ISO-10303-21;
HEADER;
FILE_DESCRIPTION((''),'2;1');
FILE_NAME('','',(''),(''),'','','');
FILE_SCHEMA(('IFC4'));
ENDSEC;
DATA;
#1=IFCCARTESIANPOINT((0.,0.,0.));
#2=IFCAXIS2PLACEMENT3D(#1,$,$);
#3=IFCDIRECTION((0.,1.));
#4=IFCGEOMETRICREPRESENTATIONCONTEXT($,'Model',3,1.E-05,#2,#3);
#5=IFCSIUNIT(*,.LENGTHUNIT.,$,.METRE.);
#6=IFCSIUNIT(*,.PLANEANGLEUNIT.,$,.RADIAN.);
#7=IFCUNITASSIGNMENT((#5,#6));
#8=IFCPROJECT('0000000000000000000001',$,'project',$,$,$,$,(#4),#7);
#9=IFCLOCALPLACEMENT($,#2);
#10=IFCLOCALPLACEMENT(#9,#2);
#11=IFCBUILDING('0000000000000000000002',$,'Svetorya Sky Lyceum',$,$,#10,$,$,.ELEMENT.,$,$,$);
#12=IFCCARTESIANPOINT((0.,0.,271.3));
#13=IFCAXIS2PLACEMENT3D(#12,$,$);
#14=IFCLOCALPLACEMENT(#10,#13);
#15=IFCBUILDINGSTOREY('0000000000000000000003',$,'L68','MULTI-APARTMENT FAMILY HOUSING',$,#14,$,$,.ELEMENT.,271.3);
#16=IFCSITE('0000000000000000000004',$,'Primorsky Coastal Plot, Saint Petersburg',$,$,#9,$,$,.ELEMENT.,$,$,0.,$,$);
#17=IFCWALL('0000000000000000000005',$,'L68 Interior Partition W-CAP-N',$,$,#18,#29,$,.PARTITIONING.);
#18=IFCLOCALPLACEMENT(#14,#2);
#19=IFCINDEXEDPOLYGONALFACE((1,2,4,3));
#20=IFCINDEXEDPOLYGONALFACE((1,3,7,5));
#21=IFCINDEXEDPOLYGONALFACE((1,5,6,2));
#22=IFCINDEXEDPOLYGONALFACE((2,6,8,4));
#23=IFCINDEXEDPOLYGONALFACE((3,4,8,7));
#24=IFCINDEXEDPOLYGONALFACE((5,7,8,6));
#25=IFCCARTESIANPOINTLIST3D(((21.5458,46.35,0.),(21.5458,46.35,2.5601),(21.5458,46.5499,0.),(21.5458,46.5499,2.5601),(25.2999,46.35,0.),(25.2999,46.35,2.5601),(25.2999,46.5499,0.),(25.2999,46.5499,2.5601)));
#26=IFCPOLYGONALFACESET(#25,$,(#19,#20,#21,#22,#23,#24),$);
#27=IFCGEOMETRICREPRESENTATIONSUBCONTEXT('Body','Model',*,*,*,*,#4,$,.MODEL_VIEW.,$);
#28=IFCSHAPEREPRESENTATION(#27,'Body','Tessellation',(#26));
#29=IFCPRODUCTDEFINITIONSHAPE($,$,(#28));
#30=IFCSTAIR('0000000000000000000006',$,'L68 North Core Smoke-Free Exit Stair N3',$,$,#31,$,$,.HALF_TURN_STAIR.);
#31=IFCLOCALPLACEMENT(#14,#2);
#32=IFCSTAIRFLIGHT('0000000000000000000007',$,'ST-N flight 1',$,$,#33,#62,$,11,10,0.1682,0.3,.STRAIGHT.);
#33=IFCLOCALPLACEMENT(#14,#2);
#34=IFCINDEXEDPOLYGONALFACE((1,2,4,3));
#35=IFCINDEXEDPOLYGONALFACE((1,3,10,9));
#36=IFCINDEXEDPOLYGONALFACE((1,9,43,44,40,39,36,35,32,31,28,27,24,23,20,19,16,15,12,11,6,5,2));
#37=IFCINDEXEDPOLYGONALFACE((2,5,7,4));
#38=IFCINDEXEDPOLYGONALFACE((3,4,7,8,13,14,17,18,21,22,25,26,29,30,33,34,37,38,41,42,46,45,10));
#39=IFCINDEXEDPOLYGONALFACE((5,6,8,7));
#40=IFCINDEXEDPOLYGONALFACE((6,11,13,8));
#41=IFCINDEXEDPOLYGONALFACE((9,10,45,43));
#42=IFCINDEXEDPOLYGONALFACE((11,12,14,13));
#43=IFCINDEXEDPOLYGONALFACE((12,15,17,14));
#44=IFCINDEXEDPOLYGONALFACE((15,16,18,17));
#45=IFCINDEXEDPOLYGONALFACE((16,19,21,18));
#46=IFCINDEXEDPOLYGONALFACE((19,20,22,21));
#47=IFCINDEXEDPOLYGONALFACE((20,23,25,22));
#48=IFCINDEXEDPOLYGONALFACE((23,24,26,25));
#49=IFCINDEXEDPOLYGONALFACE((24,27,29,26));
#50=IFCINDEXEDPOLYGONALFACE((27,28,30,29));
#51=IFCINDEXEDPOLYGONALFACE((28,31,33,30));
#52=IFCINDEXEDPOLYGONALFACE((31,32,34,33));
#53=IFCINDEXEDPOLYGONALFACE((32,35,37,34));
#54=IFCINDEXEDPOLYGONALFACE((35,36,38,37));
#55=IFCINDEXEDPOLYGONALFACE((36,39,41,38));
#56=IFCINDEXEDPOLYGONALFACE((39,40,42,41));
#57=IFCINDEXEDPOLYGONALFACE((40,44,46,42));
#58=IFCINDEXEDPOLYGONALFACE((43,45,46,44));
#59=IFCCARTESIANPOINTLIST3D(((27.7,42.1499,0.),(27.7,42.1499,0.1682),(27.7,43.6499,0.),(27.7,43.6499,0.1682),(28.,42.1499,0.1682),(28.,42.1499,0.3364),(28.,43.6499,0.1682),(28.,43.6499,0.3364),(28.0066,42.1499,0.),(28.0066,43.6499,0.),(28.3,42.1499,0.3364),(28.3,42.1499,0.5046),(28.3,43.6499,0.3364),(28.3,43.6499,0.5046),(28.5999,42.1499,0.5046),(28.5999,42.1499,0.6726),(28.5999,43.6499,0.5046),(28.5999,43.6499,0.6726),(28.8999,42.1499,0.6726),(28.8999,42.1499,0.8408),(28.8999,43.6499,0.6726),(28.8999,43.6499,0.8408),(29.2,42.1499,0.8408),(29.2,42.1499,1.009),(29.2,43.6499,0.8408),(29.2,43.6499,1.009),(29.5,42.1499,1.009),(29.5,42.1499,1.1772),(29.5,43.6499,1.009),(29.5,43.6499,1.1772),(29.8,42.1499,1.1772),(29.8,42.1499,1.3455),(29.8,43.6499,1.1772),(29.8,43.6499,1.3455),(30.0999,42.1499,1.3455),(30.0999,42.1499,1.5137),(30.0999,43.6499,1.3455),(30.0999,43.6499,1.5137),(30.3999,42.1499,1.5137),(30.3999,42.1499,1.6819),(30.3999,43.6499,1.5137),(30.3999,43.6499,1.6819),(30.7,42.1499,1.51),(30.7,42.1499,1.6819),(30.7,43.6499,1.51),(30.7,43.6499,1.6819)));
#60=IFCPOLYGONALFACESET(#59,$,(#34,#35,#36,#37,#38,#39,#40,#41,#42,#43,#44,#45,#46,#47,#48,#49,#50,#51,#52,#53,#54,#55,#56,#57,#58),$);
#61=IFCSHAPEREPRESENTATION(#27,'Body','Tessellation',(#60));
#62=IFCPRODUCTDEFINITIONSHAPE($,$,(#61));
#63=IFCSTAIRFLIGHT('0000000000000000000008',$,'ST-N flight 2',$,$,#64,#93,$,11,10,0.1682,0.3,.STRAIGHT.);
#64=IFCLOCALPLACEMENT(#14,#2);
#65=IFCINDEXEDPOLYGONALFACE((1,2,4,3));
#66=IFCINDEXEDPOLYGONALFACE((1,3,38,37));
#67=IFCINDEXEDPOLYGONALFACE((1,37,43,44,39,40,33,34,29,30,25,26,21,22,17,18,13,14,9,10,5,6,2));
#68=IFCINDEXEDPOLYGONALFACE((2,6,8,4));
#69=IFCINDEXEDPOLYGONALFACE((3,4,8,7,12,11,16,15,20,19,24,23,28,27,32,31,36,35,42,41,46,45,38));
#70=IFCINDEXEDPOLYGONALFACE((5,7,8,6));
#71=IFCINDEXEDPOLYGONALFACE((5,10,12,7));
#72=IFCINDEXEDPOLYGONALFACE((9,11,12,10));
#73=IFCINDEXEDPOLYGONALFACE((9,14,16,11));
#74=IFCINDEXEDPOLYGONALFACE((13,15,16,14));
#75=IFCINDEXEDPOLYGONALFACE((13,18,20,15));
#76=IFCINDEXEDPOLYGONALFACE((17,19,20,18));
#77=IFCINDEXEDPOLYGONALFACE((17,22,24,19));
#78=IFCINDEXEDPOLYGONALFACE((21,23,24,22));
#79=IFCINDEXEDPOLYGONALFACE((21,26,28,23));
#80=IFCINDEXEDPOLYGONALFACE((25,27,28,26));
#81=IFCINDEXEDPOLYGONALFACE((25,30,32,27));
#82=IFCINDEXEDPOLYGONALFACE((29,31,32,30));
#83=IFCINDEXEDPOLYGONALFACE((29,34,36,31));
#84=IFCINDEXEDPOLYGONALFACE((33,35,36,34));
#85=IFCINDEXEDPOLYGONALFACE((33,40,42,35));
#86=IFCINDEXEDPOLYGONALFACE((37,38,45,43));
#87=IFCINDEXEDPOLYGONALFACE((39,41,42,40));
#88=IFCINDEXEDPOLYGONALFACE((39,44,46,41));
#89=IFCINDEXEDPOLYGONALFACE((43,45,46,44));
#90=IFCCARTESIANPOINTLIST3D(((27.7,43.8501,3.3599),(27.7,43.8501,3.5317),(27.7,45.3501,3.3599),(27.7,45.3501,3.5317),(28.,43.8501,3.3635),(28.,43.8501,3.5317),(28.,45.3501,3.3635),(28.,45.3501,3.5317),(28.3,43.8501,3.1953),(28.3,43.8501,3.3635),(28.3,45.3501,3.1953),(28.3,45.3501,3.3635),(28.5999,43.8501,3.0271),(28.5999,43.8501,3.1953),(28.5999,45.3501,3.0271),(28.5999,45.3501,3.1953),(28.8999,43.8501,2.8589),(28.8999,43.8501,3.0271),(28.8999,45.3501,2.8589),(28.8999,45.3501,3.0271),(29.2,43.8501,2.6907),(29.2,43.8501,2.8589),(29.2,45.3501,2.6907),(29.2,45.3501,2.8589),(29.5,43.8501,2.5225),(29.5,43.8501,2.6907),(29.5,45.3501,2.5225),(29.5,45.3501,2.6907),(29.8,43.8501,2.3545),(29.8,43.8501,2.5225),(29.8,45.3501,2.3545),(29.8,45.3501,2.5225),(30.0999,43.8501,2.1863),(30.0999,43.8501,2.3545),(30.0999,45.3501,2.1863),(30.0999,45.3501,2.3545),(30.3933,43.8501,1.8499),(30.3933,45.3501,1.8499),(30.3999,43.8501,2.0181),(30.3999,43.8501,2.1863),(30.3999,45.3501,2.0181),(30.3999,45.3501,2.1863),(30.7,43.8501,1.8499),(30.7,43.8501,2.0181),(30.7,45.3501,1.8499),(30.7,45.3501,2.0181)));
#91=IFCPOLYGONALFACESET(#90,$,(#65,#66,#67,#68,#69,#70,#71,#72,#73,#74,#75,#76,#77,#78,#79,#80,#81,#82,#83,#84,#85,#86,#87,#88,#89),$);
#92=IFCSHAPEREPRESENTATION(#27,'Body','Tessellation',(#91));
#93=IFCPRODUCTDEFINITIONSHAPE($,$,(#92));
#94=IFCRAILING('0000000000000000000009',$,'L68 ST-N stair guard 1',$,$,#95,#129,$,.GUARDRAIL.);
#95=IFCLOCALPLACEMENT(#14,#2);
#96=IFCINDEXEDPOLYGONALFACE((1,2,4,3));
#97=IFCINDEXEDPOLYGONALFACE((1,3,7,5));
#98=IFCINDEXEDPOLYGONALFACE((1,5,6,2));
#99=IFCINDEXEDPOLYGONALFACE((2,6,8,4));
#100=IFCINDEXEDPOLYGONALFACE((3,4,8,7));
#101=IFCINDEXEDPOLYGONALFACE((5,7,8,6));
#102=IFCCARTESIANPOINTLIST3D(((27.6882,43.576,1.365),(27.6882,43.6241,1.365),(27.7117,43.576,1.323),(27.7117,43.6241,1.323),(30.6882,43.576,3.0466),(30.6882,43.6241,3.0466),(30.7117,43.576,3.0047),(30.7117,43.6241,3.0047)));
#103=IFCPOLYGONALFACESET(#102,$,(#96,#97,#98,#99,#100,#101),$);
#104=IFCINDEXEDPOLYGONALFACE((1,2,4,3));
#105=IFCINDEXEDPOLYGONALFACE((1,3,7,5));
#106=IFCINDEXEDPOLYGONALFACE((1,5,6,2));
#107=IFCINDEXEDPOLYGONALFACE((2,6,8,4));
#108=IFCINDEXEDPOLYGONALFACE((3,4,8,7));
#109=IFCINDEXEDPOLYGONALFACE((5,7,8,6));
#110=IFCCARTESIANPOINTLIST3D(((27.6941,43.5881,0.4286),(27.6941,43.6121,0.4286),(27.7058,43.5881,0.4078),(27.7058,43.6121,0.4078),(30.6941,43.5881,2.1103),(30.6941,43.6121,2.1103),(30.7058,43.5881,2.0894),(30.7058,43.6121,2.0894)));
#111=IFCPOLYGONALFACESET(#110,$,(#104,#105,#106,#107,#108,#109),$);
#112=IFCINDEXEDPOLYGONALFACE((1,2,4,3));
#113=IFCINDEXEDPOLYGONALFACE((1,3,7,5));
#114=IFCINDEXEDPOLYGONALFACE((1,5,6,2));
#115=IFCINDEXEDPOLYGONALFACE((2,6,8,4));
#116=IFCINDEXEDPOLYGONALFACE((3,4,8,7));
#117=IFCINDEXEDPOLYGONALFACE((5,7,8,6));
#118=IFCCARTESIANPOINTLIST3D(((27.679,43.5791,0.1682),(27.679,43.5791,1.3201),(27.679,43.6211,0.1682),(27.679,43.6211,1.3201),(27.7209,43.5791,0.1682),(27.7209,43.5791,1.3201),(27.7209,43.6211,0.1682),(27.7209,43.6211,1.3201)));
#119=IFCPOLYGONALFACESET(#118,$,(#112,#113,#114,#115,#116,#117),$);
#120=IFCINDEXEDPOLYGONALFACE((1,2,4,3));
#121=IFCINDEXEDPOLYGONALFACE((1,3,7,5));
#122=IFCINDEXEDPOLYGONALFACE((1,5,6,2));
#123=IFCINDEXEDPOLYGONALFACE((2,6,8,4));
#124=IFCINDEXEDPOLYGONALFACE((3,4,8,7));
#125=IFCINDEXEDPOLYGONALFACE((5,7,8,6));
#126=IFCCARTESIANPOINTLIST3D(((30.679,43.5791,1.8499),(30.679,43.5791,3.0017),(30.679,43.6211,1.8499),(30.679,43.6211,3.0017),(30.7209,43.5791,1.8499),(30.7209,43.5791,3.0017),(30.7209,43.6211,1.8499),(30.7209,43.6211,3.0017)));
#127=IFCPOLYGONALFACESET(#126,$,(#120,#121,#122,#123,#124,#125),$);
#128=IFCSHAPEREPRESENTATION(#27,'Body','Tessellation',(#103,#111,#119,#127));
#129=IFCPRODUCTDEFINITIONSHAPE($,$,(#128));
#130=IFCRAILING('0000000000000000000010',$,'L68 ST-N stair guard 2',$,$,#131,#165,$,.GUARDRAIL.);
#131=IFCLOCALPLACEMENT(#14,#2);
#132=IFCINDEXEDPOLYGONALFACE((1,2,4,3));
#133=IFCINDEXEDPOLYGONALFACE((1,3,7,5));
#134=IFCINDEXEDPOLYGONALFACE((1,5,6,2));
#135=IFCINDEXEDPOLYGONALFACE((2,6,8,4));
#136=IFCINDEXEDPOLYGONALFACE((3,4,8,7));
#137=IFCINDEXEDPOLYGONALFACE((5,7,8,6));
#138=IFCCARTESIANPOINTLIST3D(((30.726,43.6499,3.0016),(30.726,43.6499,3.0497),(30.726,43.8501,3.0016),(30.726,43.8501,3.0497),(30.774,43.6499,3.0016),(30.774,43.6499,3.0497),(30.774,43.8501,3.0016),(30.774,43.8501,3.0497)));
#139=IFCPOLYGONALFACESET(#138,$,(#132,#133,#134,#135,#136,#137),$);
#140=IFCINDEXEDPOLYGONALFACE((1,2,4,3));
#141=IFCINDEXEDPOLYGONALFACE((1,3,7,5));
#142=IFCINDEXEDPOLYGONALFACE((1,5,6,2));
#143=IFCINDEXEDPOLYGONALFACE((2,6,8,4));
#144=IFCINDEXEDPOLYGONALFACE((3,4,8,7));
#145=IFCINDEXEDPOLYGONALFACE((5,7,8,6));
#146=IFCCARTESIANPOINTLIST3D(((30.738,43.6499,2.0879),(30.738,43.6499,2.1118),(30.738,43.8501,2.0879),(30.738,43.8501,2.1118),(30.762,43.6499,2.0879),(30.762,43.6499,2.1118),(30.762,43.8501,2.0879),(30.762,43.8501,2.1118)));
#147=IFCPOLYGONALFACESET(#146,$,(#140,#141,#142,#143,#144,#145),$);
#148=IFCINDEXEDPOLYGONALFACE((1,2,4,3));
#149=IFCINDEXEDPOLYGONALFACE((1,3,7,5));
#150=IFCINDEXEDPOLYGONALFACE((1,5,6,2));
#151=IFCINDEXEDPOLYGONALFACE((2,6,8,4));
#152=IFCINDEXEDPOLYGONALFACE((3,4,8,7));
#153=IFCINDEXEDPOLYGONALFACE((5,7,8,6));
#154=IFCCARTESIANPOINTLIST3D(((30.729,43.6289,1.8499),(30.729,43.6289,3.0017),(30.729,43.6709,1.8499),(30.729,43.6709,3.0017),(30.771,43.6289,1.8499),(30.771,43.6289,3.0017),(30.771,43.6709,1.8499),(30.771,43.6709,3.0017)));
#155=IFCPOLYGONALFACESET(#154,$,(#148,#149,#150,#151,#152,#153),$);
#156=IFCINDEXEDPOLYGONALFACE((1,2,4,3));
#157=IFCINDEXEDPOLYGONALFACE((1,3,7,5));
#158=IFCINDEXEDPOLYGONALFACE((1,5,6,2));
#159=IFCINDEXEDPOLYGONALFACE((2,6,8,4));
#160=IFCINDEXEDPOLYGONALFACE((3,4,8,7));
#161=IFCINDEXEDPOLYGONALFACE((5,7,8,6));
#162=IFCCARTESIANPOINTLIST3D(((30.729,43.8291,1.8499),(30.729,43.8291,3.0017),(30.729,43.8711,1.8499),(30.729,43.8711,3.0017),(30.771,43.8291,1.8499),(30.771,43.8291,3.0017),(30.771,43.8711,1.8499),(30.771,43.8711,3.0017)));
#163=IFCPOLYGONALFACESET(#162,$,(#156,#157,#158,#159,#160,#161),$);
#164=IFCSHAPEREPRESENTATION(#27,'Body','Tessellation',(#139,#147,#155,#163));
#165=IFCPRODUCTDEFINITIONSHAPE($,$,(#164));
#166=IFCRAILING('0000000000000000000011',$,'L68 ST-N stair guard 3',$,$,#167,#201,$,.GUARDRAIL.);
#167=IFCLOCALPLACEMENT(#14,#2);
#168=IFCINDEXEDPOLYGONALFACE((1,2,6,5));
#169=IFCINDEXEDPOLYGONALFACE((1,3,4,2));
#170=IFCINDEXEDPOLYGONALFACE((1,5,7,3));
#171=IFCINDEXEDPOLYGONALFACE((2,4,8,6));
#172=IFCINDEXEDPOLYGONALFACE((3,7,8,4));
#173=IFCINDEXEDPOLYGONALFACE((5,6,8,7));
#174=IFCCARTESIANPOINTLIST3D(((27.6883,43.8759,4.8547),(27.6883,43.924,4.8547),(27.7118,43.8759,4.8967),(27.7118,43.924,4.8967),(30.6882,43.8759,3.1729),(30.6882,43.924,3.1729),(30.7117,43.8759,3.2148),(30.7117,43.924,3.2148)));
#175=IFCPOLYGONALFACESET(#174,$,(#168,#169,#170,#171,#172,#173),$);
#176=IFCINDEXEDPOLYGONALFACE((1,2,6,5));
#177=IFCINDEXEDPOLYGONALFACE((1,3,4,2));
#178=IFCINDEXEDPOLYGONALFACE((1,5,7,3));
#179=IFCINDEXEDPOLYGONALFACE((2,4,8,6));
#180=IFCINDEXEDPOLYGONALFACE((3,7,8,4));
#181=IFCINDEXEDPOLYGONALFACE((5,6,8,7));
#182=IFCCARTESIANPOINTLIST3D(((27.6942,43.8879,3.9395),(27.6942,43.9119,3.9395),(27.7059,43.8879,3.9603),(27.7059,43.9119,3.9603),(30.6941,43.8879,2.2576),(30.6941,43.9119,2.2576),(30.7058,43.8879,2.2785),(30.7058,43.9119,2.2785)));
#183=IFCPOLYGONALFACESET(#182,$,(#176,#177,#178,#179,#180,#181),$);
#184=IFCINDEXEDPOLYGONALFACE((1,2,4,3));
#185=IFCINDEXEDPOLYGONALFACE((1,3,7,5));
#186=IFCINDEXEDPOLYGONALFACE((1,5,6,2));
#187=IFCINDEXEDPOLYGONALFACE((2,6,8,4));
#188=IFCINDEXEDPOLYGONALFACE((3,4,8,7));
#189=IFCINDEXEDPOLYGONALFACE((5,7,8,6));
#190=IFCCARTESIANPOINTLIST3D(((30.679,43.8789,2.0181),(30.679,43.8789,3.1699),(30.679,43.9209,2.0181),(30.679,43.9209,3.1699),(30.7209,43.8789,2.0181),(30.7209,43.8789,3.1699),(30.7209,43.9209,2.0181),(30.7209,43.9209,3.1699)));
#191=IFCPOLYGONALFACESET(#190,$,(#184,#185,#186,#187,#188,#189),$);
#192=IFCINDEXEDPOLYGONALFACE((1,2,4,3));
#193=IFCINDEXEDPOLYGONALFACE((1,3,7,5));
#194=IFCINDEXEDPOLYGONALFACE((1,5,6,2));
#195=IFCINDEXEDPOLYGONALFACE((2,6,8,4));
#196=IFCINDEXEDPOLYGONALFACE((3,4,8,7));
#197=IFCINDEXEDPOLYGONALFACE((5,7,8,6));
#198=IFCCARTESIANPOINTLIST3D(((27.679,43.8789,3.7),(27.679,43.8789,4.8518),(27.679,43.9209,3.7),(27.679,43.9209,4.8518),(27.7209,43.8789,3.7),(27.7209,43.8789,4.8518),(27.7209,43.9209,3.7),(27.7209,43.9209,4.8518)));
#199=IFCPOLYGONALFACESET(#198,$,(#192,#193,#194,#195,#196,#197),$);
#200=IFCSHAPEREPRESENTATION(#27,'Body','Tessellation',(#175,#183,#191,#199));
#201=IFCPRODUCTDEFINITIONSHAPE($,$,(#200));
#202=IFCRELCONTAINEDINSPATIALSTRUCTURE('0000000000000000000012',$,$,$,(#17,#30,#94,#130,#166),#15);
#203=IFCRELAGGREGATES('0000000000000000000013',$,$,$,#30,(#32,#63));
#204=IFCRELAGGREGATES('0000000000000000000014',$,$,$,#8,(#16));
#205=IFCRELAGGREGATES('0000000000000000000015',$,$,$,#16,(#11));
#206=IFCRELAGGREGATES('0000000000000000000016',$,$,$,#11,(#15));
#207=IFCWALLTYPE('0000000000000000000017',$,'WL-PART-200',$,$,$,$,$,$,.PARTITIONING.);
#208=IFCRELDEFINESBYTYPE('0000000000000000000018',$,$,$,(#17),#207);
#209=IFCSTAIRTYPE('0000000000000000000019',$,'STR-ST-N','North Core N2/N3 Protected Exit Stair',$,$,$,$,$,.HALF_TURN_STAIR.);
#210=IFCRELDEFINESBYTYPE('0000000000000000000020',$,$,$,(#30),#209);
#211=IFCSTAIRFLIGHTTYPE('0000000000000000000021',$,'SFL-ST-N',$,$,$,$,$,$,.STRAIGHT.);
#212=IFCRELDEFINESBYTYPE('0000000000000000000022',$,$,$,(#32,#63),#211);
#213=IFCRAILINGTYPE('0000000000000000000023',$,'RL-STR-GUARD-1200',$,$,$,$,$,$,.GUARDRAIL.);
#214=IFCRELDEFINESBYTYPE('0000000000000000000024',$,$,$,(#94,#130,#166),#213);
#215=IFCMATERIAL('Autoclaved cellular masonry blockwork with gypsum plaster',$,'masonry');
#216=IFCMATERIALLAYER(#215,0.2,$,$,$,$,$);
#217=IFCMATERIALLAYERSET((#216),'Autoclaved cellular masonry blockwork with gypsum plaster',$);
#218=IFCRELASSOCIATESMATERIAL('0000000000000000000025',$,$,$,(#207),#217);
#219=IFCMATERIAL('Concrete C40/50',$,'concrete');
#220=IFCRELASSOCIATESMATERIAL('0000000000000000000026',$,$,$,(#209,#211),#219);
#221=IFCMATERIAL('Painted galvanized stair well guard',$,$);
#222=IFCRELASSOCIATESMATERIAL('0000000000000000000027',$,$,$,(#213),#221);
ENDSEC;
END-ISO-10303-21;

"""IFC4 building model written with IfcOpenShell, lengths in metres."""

from ifc_helpers import new_model, si_unit, direction, frame, frame_2d, origin, origin_2d, place, context, subcontext, project, spatial, polyline, rectangle, outline, extrude, material, layer, layer_set, type_object, element, aggregate, save


model = new_model("IFC4")

# Units and contexts
model_context = context("Model", 3, precision=1e-05, world=origin(), true_north=direction((0.0, 1.0)))
body_context = subcontext(model_context, "Body", "Model", "MODEL_VIEW")
ifc_project = project(units=[si_unit("LENGTHUNIT", "METRE"), si_unit("PLANEANGLEUNIT", "RADIAN")], contexts=[model_context])

# Site, building, storey
site_placement = place(None, origin())
site = spatial("IfcSite", under=ifc_project, at=site_placement, Name="Primorsky Coastal Plot, Saint Petersburg", CompositionType="ELEMENT", RefElevation=0.0)
building_placement = place(site_placement, origin())
building = spatial("IfcBuilding", under=site, at=building_placement, Name="Svetorya Sky Lyceum", CompositionType="ELEMENT")
storey_placement = place(building_placement, frame((0.0, 0.0, 271.3)))
storey = spatial("IfcBuildingStorey", under=building, at=storey_placement, Name="L68", Description="MULTI-APARTMENT FAMILY HOUSING", CompositionType="ELEMENT", Elevation=271.3)

# Shared definitions
ifc_material_1 = material(Name="Concrete C40/50", Category="concrete")

# Wall
ifc_material_2 = material(Name="Autoclaved cellular masonry blockwork with gypsum plaster", Category="masonry")
ifc_layer_1 = layer(ifc_material_2, 0.2)
ifc_layer_set_1 = layer_set([ifc_layer_1], Name="Autoclaved cellular masonry blockwork with gypsum plaster")
wall_type_1 = type_object("IfcWallType", Name="WL-PART-200", PredefinedType="PARTITIONING", material=ifc_layer_set_1)
wall_1_placement = place(storey_placement, frame((21.5459, 46.45, 0.0), z_axis=(0.0, 0.0, 1.0), x_axis=(1.0, 0.0, 0.0)))
element("IfcWall", 1, at=wall_1_placement, inside=storey, type_object=wall_type_1, Name="L68 Interior Partition W-CAP-N", PredefinedType="PARTITIONING", context=body_context, shape_type="SweptSolid", body=[
    extrude(rectangle(XDim=3.7542, YDim=0.2, at=frame_2d((1.877, 0.0))), origin(), (0.0, 0.0, 1.0), 2.5601),
])

# Stair, stair flights
stair_type = type_object("IfcStairType", Name="STR-ST-N", Description="North Core N2/N3 Protected Exit Stair", PredefinedType="HALF_TURN_STAIR", material=ifc_material_1)
stair_placement = place(storey_placement, origin())
stair = element("IfcStair", 2, at=stair_placement, inside=storey, type_object=stair_type, Name="L68 North Core Smoke-Free Exit Stair N3", PredefinedType="HALF_TURN_STAIR")
stair_flight_type = type_object("IfcStairFlightType", Name="SFL-ST-N", PredefinedType="STRAIGHT", material=ifc_material_1)
stair_flight_1_placement = place(storey_placement, frame((27.7, 42.8999, 0.0), z_axis=(0.0, 0.0, 1.0), x_axis=(1.0, 0.0, 0.0)))
stair_flight_1 = element("IfcStairFlight", 3, at=stair_flight_1_placement, type_object=stair_flight_type, Name="ST-N flight 1", NumberOfRisers=11, NumberOfTreads=10, PredefinedType="STRAIGHT", RiserHeight=0.1682, TreadLength=0.3, context=body_context, shape_type="SweptSolid", body=[
    extrude(outline(polyline([(0.0, 0.0), (0.0, 0.1682), (0.3, 0.1682), (0.3, 0.3364), (0.6001, 0.3364), (0.6001, 0.5046), (0.8999, 0.5046), (0.8999, 0.6726), (1.2, 0.6726), (1.2, 0.8408), (1.5, 0.8408), (1.5, 1.009), (1.8, 1.009), (1.8, 1.1772), (2.1001, 1.1772), (2.1001, 1.3455), (2.3999, 1.3455), (2.3999, 1.5137), (2.7, 1.5137), (2.7, 1.6819), (3.0, 1.6819), (3.0, 1.8501), (3.0, 1.51), (0.3066, 0.0), (0.0, 0.0)])), frame((0.0, 0.75, 0.0), z_axis=(0.0, -1.0, 0.0), x_axis=(1.0, 0.0, 0.0)), (0.0, 0.0, 1.0), 1.5),
])
stair_flight_2_placement = place(storey_placement, frame((30.7, 44.6001, 1.8499), z_axis=(0.0, 0.0, 1.0), x_axis=(-1.0, 0.0, 0.0)))
stair_flight_2 = element("IfcStairFlight", 4, at=stair_flight_2_placement, type_object=stair_flight_type, Name="ST-N flight 2", NumberOfRisers=11, NumberOfTreads=10, PredefinedType="STRAIGHT", RiserHeight=0.1682, TreadLength=0.3, context=body_context, shape_type="SweptSolid", body=[
    extrude(outline(polyline([(0.0, 0.0), (0.0, 0.1682), (0.3, 0.1682), (0.3, 0.3364), (0.6001, 0.3364), (0.6001, 0.5046), (0.8999, 0.5046), (0.8999, 0.6726), (1.2, 0.6726), (1.2, 0.8408), (1.5, 0.8408), (1.5, 1.009), (1.8, 1.009), (1.8, 1.1772), (2.1001, 1.1772), (2.1001, 1.3455), (2.3999, 1.3455), (2.3999, 1.5137), (2.7, 1.5137), (2.7, 1.6819), (3.0, 1.6819), (3.0, 1.8501), (3.0, 1.51), (0.3066, 0.0), (0.0, 0.0)])), frame((0.0, 0.75, 0.0), z_axis=(0.0, -1.0, 0.0), x_axis=(1.0, 0.0, 0.0)), (0.0, 0.0, 1.0), 1.5),
])
aggregate(stair, [stair_flight_1, stair_flight_2])

# Railings
ifc_material_3 = material(Name="Painted galvanized stair well guard")
railing_type_1 = type_object("IfcRailingType", Name="RL-STR-GUARD-1200", PredefinedType="GUARDRAIL", material=ifc_material_3)
railing_1_placement = place(storey_placement, frame((27.7, 43.6001, 0.1682)))
element("IfcRailing", 5, at=railing_1_placement, inside=storey, type_object=railing_type_1, Name="L68 ST-N stair guard 1", PredefinedType="GUARDRAIL", context=body_context, shape_type="SweptSolid", body=[
    extrude(rectangle(XDim=0.0481, YDim=0.0481, at=origin_2d()), frame((0.0, 0.0, 1.1758), z_axis=(0.872303, 0.0, 0.488966), x_axis=(0.0, 1.0, 0.0)), (0.0, 0.0, 1.0), 3.4392),
    extrude(rectangle(XDim=0.0239, YDim=0.0239, at=origin_2d()), frame((0.0, 0.0, 0.25), z_axis=(0.872303, 0.0, 0.488966), x_axis=(0.0, 1.0, 0.0)), (0.0, 0.0, 1.0), 3.4392),
    extrude(rectangle(XDim=0.042, YDim=0.042, at=origin_2d()), origin(), (0.0, 0.0, 1.0), 1.1519),
    extrude(rectangle(XDim=0.042, YDim=0.042, at=origin_2d()), frame((3.0, 0.0, 1.6816)), (0.0, 0.0, 1.0), 1.1519),
])
railing_2_placement = place(storey_placement, frame((30.75, 43.6499, 1.8499)))
element("IfcRailing", 6, at=railing_2_placement, inside=storey, type_object=railing_type_1, Name="L68 ST-N stair guard 2", PredefinedType="GUARDRAIL", context=body_context, shape_type="SweptSolid", body=[
    extrude(rectangle(XDim=0.0481, YDim=0.0481, at=origin_2d()), frame((0.0, 0.0, 1.1758), z_axis=(0.0, 1.0, 0.0), x_axis=(-1.0, 0.0, 0.0)), (0.0, 0.0, 1.0), 0.2002),
    extrude(rectangle(XDim=0.0239, YDim=0.0239, at=origin_2d()), frame((0.0, 0.0, 0.25), z_axis=(0.0, 1.0, 0.0), x_axis=(-1.0, 0.0, 0.0)), (0.0, 0.0, 1.0), 0.2002),
    extrude(rectangle(XDim=0.042, YDim=0.042, at=origin_2d()), origin(), (0.0, 0.0, 1.0), 1.1519),
    extrude(rectangle(XDim=0.042, YDim=0.042, at=origin_2d()), frame((0.0, 0.2002, 0.0)), (0.0, 0.0, 1.0), 1.1519),
])
railing_3_placement = place(storey_placement, frame((30.7, 43.8999, 2.0181)))
element("IfcRailing", 7, at=railing_3_placement, inside=storey, type_object=railing_type_1, Name="L68 ST-N stair guard 3", PredefinedType="GUARDRAIL", context=body_context, shape_type="SweptSolid", body=[
    extrude(rectangle(XDim=0.0481, YDim=0.0481, at=origin_2d()), frame((0.0, 0.0, 1.1758), z_axis=(-0.872272, 0.0, 0.48902), x_axis=(0.0, -1.0, 0.0)), (0.0, 0.0, 1.0), 3.4392),
    extrude(rectangle(XDim=0.0239, YDim=0.0239, at=origin_2d()), frame((0.0, 0.0, 0.25), z_axis=(-0.872272, 0.0, 0.48902), x_axis=(0.0, -1.0, 0.0)), (0.0, 0.0, 1.0), 3.4392),
    extrude(rectangle(XDim=0.042, YDim=0.042, at=origin_2d()), origin(), (0.0, 0.0, 1.0), 1.1519),
    extrude(rectangle(XDim=0.042, YDim=0.042, at=origin_2d()), frame((-3.0, 0.0, 1.6819)), (0.0, 0.0, 1.0), 1.1519),
])

save(model, "model.ifc")
